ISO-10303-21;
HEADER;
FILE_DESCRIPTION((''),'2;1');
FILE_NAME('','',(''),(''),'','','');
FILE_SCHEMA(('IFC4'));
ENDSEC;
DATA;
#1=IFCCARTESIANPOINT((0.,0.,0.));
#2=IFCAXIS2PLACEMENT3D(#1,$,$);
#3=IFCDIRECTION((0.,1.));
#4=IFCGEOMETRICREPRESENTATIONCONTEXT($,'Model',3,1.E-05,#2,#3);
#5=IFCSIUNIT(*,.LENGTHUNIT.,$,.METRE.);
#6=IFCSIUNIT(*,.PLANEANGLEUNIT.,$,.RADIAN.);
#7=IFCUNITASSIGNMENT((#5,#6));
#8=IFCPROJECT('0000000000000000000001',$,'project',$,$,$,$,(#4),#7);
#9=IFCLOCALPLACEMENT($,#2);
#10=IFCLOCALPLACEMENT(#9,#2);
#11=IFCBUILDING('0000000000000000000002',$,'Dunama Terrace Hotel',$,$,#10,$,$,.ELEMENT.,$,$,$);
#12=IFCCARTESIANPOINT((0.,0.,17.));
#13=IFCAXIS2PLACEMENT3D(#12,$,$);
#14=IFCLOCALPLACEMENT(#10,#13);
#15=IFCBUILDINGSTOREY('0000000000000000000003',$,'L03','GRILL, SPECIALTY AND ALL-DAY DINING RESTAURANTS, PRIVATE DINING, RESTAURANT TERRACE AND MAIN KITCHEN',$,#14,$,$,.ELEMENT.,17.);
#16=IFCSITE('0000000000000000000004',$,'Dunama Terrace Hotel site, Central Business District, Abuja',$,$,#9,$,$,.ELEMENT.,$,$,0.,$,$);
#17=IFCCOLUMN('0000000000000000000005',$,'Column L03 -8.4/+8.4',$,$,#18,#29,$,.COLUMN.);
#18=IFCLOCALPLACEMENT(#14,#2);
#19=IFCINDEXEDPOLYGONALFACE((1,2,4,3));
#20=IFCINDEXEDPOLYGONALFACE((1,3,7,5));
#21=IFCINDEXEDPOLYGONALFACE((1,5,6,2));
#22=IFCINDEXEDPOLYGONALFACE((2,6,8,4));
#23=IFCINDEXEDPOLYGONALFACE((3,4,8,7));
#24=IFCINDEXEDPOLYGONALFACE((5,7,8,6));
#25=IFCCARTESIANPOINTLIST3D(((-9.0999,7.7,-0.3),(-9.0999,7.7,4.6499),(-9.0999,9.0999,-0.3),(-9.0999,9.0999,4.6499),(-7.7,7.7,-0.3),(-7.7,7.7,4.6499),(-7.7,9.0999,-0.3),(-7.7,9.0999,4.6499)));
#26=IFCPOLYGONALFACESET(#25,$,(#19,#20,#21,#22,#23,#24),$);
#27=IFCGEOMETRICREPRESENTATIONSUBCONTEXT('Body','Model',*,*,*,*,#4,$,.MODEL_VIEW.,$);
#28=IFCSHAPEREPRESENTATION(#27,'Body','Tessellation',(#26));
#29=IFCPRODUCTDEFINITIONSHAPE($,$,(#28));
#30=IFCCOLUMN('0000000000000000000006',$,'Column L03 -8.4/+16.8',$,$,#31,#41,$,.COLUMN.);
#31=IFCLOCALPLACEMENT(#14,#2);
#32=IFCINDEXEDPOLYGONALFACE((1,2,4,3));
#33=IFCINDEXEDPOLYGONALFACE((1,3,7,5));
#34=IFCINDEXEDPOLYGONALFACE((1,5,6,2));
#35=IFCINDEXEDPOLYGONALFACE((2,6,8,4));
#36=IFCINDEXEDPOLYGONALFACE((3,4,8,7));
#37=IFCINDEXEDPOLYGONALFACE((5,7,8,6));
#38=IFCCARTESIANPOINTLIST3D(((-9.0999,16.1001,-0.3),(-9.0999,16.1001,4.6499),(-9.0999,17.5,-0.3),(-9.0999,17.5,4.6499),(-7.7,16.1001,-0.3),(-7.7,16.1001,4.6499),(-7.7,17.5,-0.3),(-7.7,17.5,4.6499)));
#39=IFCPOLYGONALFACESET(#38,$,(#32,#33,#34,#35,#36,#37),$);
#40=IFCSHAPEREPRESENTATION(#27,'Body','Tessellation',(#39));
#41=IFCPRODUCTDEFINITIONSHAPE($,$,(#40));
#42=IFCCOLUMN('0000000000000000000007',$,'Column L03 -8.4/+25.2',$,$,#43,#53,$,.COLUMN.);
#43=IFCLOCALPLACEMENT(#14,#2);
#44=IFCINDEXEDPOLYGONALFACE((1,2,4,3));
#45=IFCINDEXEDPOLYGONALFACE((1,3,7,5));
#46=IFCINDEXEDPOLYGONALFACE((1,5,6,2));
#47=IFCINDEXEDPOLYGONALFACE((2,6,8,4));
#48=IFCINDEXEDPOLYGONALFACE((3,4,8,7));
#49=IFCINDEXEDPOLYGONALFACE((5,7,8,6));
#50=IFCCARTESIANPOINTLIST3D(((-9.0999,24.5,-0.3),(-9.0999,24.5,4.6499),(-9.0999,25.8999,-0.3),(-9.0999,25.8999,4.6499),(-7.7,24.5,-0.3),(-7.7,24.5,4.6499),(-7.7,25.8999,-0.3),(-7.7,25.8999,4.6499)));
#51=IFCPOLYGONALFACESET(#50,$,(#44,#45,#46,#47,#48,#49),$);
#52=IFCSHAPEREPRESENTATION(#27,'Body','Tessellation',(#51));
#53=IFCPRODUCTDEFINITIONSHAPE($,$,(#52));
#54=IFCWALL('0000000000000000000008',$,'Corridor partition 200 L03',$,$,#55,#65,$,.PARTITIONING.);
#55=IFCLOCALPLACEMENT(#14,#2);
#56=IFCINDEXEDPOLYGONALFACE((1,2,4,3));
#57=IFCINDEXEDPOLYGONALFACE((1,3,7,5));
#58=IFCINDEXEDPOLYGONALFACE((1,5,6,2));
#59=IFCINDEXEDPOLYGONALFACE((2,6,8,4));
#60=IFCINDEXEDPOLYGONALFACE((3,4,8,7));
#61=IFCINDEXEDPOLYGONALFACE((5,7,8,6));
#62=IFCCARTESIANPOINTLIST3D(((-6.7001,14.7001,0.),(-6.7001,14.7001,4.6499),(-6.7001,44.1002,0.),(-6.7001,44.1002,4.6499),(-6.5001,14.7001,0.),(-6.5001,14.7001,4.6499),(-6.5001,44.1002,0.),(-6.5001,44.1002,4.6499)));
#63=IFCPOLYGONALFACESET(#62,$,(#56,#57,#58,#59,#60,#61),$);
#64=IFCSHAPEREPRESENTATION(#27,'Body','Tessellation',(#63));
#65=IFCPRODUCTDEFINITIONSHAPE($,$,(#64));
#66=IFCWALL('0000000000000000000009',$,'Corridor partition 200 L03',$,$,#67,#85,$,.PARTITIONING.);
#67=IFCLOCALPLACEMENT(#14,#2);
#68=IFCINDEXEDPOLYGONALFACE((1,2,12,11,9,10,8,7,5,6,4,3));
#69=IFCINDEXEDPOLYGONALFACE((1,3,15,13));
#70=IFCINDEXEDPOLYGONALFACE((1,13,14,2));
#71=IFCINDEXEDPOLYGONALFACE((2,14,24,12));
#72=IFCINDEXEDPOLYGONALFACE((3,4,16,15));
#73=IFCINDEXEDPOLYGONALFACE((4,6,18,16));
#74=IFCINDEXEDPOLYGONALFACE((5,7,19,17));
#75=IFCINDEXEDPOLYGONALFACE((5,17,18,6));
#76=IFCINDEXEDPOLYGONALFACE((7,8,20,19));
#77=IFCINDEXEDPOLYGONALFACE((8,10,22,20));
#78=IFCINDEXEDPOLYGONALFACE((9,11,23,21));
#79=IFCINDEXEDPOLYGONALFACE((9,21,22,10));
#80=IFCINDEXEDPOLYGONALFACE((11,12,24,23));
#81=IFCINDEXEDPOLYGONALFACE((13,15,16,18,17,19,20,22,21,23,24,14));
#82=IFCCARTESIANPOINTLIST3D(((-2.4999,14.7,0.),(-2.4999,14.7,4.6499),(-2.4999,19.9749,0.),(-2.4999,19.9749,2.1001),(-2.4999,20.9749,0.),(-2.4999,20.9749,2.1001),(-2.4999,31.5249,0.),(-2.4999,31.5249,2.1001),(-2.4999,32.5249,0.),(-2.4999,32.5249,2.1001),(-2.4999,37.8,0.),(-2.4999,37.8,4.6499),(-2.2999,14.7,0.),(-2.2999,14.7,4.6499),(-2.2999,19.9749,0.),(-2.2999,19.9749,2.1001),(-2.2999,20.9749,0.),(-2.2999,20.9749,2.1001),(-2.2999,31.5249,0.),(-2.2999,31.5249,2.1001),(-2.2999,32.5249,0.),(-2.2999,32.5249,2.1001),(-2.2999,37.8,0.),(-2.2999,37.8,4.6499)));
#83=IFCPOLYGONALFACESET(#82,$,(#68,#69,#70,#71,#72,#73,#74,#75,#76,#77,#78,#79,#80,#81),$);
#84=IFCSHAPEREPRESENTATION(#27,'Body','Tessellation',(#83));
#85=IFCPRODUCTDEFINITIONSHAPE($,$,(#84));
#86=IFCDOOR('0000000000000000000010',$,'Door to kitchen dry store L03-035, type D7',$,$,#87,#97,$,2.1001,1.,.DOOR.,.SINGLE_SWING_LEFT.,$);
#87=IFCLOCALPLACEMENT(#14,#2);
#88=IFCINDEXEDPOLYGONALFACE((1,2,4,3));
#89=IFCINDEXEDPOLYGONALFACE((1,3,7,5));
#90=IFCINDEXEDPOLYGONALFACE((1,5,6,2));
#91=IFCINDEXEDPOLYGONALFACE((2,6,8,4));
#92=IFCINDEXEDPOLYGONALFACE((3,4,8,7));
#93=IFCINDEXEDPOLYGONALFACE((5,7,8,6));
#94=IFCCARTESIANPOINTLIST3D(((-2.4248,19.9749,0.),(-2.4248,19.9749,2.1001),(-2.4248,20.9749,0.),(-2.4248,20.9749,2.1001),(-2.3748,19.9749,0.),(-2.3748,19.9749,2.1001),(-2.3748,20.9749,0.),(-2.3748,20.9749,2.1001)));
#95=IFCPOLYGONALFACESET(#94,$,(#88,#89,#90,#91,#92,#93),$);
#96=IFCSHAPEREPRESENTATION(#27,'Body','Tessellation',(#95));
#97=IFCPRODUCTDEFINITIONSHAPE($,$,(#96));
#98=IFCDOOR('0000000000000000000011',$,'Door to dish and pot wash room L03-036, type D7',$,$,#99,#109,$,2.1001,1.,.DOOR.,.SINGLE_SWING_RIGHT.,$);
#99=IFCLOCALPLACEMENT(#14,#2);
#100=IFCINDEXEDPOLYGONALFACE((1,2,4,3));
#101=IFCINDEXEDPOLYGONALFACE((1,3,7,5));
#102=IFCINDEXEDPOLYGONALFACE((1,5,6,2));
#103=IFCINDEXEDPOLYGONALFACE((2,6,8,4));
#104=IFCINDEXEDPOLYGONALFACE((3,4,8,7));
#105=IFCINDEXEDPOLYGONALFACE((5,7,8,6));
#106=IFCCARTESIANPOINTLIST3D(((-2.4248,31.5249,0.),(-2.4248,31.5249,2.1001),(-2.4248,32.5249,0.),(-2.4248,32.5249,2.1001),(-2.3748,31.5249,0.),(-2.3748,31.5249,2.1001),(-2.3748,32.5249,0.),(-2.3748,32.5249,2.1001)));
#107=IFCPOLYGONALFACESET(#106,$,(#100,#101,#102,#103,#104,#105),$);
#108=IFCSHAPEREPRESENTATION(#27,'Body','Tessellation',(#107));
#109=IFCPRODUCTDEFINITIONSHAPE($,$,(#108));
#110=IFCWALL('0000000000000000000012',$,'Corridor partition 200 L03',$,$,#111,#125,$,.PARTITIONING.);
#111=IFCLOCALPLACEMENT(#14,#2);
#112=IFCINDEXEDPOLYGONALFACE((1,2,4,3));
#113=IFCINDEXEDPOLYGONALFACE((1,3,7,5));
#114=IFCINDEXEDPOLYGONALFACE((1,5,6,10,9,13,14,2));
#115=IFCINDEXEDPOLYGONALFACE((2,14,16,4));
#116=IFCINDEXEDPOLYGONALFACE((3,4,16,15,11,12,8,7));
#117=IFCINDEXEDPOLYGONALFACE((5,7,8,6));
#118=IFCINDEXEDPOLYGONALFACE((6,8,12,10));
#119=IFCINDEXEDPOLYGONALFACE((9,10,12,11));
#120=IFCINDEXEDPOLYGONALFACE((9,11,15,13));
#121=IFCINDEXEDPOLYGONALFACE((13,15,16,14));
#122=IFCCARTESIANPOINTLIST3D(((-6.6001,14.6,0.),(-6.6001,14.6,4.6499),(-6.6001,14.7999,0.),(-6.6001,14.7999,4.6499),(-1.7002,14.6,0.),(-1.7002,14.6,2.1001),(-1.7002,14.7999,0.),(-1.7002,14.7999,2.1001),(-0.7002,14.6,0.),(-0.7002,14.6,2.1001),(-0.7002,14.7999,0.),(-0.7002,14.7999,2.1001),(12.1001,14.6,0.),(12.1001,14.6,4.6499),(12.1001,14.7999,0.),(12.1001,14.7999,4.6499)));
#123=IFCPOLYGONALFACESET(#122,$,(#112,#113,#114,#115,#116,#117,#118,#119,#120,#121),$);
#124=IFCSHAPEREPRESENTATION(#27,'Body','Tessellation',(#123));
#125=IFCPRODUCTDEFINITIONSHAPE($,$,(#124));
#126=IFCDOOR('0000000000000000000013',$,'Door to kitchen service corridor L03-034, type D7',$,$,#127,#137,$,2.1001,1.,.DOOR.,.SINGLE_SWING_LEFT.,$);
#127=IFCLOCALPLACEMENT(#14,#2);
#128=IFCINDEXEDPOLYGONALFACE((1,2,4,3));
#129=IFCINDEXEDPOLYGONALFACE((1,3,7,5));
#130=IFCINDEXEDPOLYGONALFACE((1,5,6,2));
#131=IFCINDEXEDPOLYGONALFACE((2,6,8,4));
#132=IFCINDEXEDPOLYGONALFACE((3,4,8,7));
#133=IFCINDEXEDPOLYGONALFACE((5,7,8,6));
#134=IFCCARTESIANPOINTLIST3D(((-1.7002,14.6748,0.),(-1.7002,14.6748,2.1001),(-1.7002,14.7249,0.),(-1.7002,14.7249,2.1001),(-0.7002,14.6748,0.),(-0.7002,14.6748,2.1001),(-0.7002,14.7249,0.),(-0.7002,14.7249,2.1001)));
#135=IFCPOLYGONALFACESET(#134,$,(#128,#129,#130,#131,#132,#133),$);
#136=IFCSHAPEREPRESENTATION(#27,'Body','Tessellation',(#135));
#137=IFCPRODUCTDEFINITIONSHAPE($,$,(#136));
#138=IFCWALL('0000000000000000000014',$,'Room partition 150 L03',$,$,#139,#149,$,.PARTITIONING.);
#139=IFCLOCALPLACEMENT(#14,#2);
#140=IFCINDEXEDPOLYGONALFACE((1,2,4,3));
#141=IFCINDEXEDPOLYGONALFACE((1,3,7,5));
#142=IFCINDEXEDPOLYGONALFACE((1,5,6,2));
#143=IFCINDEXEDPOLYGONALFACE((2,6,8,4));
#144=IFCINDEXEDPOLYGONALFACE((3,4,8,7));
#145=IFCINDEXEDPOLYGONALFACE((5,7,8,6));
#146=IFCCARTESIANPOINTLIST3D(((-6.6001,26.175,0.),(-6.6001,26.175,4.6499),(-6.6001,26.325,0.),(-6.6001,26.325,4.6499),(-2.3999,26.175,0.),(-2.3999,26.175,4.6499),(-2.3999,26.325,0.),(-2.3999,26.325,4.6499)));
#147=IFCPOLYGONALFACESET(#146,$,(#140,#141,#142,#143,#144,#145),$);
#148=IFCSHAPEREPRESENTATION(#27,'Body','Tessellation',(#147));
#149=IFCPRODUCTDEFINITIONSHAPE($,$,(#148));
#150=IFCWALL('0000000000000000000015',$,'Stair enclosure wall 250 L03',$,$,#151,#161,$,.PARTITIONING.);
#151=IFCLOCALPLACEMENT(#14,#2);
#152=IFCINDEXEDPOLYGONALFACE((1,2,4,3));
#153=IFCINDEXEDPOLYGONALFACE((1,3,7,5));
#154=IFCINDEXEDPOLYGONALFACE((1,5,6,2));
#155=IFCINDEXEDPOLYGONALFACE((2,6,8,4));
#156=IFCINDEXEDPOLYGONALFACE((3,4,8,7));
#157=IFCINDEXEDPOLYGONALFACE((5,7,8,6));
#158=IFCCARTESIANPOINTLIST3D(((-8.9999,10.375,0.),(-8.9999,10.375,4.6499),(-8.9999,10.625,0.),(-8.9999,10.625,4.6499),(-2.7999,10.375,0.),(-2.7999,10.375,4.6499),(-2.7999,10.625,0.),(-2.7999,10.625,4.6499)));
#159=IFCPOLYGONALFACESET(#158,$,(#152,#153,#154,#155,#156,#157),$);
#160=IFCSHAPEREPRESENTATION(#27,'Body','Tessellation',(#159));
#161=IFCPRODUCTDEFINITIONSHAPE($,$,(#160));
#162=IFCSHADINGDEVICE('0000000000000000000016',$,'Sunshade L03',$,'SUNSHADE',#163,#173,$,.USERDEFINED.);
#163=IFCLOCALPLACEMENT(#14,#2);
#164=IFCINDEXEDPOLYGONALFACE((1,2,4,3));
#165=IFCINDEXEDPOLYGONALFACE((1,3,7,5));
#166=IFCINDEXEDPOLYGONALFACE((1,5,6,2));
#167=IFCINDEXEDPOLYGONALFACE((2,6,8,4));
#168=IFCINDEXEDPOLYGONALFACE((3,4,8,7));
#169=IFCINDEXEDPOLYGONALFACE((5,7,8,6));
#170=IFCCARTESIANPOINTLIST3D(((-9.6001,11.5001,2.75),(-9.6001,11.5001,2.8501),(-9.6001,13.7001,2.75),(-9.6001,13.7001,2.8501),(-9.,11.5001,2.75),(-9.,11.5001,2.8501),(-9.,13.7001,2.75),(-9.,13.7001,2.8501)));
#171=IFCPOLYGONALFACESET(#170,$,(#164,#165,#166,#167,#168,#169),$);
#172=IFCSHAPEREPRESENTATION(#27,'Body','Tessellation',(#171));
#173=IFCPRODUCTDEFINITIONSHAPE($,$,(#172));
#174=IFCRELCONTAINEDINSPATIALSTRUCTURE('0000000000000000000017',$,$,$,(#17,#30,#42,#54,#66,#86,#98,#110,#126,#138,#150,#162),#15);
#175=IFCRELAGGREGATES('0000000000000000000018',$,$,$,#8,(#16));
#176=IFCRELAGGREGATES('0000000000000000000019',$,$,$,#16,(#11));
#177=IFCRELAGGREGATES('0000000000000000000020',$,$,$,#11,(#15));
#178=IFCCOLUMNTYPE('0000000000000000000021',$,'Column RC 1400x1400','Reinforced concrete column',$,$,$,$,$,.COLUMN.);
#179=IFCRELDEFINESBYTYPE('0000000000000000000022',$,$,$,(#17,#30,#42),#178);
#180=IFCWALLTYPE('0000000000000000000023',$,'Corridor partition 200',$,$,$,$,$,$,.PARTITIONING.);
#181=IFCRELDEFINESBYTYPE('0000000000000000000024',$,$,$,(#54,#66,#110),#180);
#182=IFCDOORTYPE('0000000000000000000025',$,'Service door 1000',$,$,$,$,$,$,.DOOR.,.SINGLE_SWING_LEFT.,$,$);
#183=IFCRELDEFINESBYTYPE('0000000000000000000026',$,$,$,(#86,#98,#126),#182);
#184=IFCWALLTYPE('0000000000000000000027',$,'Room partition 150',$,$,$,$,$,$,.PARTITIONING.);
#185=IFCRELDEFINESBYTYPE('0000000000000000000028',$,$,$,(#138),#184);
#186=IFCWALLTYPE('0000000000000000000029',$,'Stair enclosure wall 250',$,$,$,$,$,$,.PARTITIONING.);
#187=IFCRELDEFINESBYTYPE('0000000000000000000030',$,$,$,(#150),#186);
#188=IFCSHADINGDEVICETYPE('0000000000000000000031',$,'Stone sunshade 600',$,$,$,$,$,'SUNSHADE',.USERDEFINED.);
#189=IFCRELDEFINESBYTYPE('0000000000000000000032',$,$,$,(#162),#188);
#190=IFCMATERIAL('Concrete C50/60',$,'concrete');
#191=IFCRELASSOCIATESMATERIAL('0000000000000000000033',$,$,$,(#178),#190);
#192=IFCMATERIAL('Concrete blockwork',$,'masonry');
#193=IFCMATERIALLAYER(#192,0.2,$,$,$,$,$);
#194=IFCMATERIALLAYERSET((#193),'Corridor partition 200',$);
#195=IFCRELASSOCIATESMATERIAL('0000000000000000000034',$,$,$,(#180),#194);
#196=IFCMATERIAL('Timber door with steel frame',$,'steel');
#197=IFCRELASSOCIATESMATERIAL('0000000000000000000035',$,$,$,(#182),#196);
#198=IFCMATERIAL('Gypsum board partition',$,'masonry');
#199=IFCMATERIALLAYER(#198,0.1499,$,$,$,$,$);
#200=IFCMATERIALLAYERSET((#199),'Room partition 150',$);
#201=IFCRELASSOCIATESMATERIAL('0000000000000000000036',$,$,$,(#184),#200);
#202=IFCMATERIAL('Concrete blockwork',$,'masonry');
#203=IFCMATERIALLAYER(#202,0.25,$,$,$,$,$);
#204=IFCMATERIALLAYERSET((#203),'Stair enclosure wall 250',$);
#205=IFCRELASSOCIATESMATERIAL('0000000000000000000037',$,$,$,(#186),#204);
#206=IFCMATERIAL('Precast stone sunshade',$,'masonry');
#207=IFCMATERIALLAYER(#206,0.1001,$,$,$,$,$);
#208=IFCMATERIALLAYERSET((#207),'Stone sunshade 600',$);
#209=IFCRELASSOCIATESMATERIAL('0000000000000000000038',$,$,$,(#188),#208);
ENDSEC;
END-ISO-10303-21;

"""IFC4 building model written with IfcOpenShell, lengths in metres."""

from ifc_helpers import new_model, si_unit, direction, frame, frame_2d, origin, origin_2d, place, context, subcontext, project, spatial, rectangle, extrude, material, layer, layer_set, material_profile, profile_set, type_object, element, fill, save


model = new_model("IFC4")

# Units and contexts
model_context = context("Model", 3, precision=1e-05, world=origin(), true_north=direction((0.0, 1.0)))
body_context = subcontext(model_context, "Body", "Model", "MODEL_VIEW")
ifc_project = project(units=[si_unit("LENGTHUNIT", "METRE"), si_unit("PLANEANGLEUNIT", "RADIAN")], contexts=[model_context])

# Site, building, storey
site_placement = place(None, origin())
site = spatial("IfcSite", under=ifc_project, at=site_placement, Name="Dunama Terrace Hotel site, Central Business District, Abuja", CompositionType="ELEMENT", RefElevation=0.0)
building_placement = place(site_placement, origin())
building = spatial("IfcBuilding", under=site, at=building_placement, Name="Dunama Terrace Hotel", CompositionType="ELEMENT")
storey_placement = place(building_placement, frame((0.0, 0.0, 17.0)))
storey = spatial("IfcBuildingStorey", under=building, at=storey_placement, Name="L03", Description="GRILL, SPECIALTY AND ALL-DAY DINING RESTAURANTS, PRIVATE DINING, RESTAURANT TERRACE AND MAIN KITCHEN", CompositionType="ELEMENT", Elevation=17.0)

# Columns
ifc_material_1 = material(Name="Concrete C50/60", Category="concrete")
ifc_material_profile = material_profile(ifc_material_1, rectangle(XDim=1.3999, YDim=1.3999, at=origin_2d()), Name="RC 1400x1400")
ifc_profile_set = profile_set([ifc_material_profile], Name="Concrete C50/60")
column_type = type_object("IfcColumnType", Name="Column RC 1400x1400", Description="Reinforced concrete column", PredefinedType="COLUMN", material=ifc_profile_set)
for number, where, z_axis, x_axis, name in (
    (1, (-8.3999, 8.3999, -0.3), (0.0, 0.0, 1.0), (1.0, 0.0, 0.0), "Column L03 -8.4/+8.4"),
    (2, (-8.3999, 16.8, -0.3), (0.0, 0.0, 1.0), (1.0, 0.0, 0.0), "Column L03 -8.4/+16.8"),
    (3, (-8.3999, 25.2, -0.3), (0.0, 0.0, 1.0), (1.0, 0.0, 0.0), "Column L03 -8.4/+25.2"),
):
    element("IfcColumn", number, at=place(storey_placement, frame(where, z_axis=z_axis, x_axis=x_axis)), inside=storey, type_object=column_type, Name=name, PredefinedType="COLUMN", context=body_context, shape_type="SweptSolid", body=[
        extrude(rectangle(XDim=1.3999, YDim=1.3999, at=origin_2d()), origin(), (0.0, 0.0, 1.0), 4.95),
    ])

# Wall
ifc_material_2 = material(Name="Concrete blockwork", Category="masonry")
ifc_layer_1 = layer(ifc_material_2, 0.2)
ifc_layer_set_1 = layer_set([ifc_layer_1], Name="Corridor partition 200")
wall_type_1 = type_object("IfcWallType", Name="Corridor partition 200", PredefinedType="PARTITIONING", material=ifc_layer_set_1)
wall_1_placement = place(storey_placement, frame((-6.6001, 14.7, 0.0), z_axis=(0.0, 0.0, 1.0), x_axis=(0.0, 1.0, 0.0)))
element("IfcWall", 4, at=wall_1_placement, inside=storey, type_object=wall_type_1, Name="Corridor partition 200 L03", PredefinedType="PARTITIONING", context=body_context, shape_type="SweptSolid", body=[
    extrude(rectangle(XDim=29.4001, YDim=0.2, at=frame_2d((14.7002, 0.0))), origin(), (0.0, 0.0, 1.0), 4.6499),
])

# Wall, openings, doors
wall_2_placement = place(storey_placement, frame((-2.3999, 14.7, 0.0), z_axis=(0.0, 0.0, 1.0), x_axis=(0.0, 1.0, 0.0)))
wall_2 = element("IfcWall", 5, at=wall_2_placement, inside=storey, type_object=wall_type_1, Name="Corridor partition 200 L03", PredefinedType="PARTITIONING", context=body_context, shape_type="SweptSolid", body=[
    extrude(rectangle(XDim=23.1001, YDim=0.2, at=frame_2d((11.55, 0.0))), origin(), (0.0, 0.0, 1.0), 4.6499),
])
opening_1_placement = place(wall_2_placement, frame((5.2749, 0.0, 0.0)))
opening_1 = element("IfcOpeningElement", 6, at=opening_1_placement, cuts=wall_2, PredefinedType="OPENING", context=body_context, shape_type="SweptSolid", body=[
    extrude(rectangle(XDim=1.0, YDim=2.1001, at=frame_2d((0.5, 1.05))), frame((0.0, 0.1099, 0.0), z_axis=(0.0, -1.0, 0.0), x_axis=(1.0, 0.0, 0.0)), (0.0, 0.0, 1.0), 0.22),
])
opening_2_placement = place(wall_2_placement, frame((16.825, 0.0, 0.0)))
opening_2 = element("IfcOpeningElement", 7, at=opening_2_placement, cuts=wall_2, PredefinedType="OPENING", context=body_context, shape_type="SweptSolid", body=[
    extrude(rectangle(XDim=1.0, YDim=2.1001, at=frame_2d((0.5, 1.05))), frame((0.0, 0.1099, 0.0), z_axis=(0.0, -1.0, 0.0), x_axis=(1.0, 0.0, 0.0)), (0.0, 0.0, 1.0), 0.22),
])
ifc_material_3 = material(Name="Timber door with steel frame", Category="steel")
door_type = type_object("IfcDoorType", Name="Service door 1000", OperationType="SINGLE_SWING_LEFT", PredefinedType="DOOR", material=ifc_material_3)
door_1_placement = place(opening_1_placement, origin())
door_1 = element("IfcDoor", 8, at=door_1_placement, inside=storey, type_object=door_type, Name="Door to kitchen dry store L03-035, type D7", OperationType="SINGLE_SWING_LEFT", OverallHeight=2.1001, OverallWidth=1.0, PredefinedType="DOOR", context=body_context, shape_type="SweptSolid", body=[
    extrude(rectangle(XDim=1.0, YDim=2.1001, at=frame_2d((0.5, 1.05))), frame((0.0, 0.0249, 0.0), z_axis=(0.0, -1.0, 0.0), x_axis=(1.0, 0.0, 0.0)), (0.0, 0.0, 1.0), 0.05),
])
fill(opening_1, door_1)
door_2_placement = place(opening_2_placement, origin())
door_2 = element("IfcDoor", 9, at=door_2_placement, inside=storey, type_object=door_type, Name="Door to dish and pot wash room L03-036, type D7", OperationType="SINGLE_SWING_RIGHT", OverallHeight=2.1001, OverallWidth=1.0, PredefinedType="DOOR", context=body_context, shape_type="SweptSolid", body=[
    extrude(rectangle(XDim=1.0, YDim=2.1001, at=frame_2d((0.5, 1.05))), frame((0.0, 0.0249, 0.0), z_axis=(0.0, -1.0, 0.0), x_axis=(1.0, 0.0, 0.0)), (0.0, 0.0, 1.0), 0.05),
])
fill(opening_2, door_2)

# Wall, opening, door
wall_3_placement = place(storey_placement, frame((-6.6001, 14.7, 0.0), z_axis=(0.0, 0.0, 1.0), x_axis=(1.0, 0.0, 0.0)))
wall_3 = element("IfcWall", 10, at=wall_3_placement, inside=storey, type_object=wall_type_1, Name="Corridor partition 200 L03", PredefinedType="PARTITIONING", context=body_context, shape_type="SweptSolid", body=[
    extrude(rectangle(XDim=18.7002, YDim=0.2, at=frame_2d((9.3501, 0.0))), origin(), (0.0, 0.0, 1.0), 4.6499),
])
opening_3_placement = place(wall_3_placement, frame((4.8999, 0.0, 0.0)))
opening_3 = element("IfcOpeningElement", 11, at=opening_3_placement, cuts=wall_3, PredefinedType="OPENING", context=body_context, shape_type="SweptSolid", body=[
    extrude(rectangle(XDim=1.0, YDim=2.1001, at=frame_2d((0.5, 1.05))), frame((0.0, 0.1099, 0.0), z_axis=(0.0, -1.0, 0.0), x_axis=(1.0, 0.0, 0.0)), (0.0, 0.0, 1.0), 0.22),
])
door_3_placement = place(opening_3_placement, frame((1.0, 0.0, 0.0), z_axis=(0.0, 0.0, 1.0), x_axis=(-1.0, 0.0, 0.0)))
door_3 = element("IfcDoor", 12, at=door_3_placement, inside=storey, type_object=door_type, Name="Door to kitchen service corridor L03-034, type D7", OperationType="SINGLE_SWING_LEFT", OverallHeight=2.1001, OverallWidth=1.0, PredefinedType="DOOR", context=body_context, shape_type="SweptSolid", body=[
    extrude(rectangle(XDim=1.0, YDim=2.1001, at=frame_2d((0.5, 1.05))), frame((0.0, 0.0251, 0.0), z_axis=(0.0, -1.0, 0.0), x_axis=(1.0, 0.0, 0.0)), (0.0, 0.0, 1.0), 0.05),
])
fill(opening_3, door_3)

# Walls
ifc_material_4 = material(Name="Gypsum board partition", Category="masonry")
ifc_layer_2 = layer(ifc_material_4, 0.1499)
ifc_layer_set_2 = layer_set([ifc_layer_2], Name="Room partition 150")
wall_type_2 = type_object("IfcWallType", Name="Room partition 150", PredefinedType="PARTITIONING", material=ifc_layer_set_2)
wall_4_placement = place(storey_placement, frame((-6.6001, 26.25, 0.0), z_axis=(0.0, 0.0, 1.0), x_axis=(1.0, 0.0, 0.0)))
element("IfcWall", 13, at=wall_4_placement, inside=storey, type_object=wall_type_2, Name="Room partition 150 L03", PredefinedType="PARTITIONING", context=body_context, shape_type="SweptSolid", body=[
    extrude(rectangle(XDim=4.2002, YDim=0.1499, at=frame_2d((2.1001, 0.0))), origin(), (0.0, 0.0, 1.0), 4.6499),
])
ifc_material_5 = material(Name="Concrete blockwork", Category="masonry")
ifc_layer_3 = layer(ifc_material_5, 0.25)
ifc_layer_set_3 = layer_set([ifc_layer_3], Name="Stair enclosure wall 250")
wall_type_3 = type_object("IfcWallType", Name="Stair enclosure wall 250", PredefinedType="PARTITIONING", material=ifc_layer_set_3)
wall_5_placement = place(storey_placement, frame((-9.0, 10.5, 0.0), z_axis=(0.0, 0.0, 1.0), x_axis=(1.0, 0.0, 0.0)))
element("IfcWall", 14, at=wall_5_placement, inside=storey, type_object=wall_type_3, Name="Stair enclosure wall 250 L03", PredefinedType="PARTITIONING", context=body_context, shape_type="SweptSolid", body=[
    extrude(rectangle(XDim=6.2, YDim=0.25, at=frame_2d((3.1001, 0.0))), origin(), (0.0, 0.0, 1.0), 4.6499),
])

# Shading device
ifc_material_6 = material(Name="Precast stone sunshade", Category="masonry")
ifc_layer_4 = layer(ifc_material_6, 0.1001)
ifc_layer_set_4 = layer_set([ifc_layer_4], Name="Stone sunshade 600")
shading_device_type = type_object("IfcShadingDeviceType", Name="Stone sunshade 600", ElementType="SUNSHADE", PredefinedType="USERDEFINED", material=ifc_layer_set_4)
for number, where, z_axis, x_axis, name in (
    (15, (-9.3, 12.6001, 2.75), (0.0, 0.0, 1.0), (0.0, -1.0, 0.0), "Sunshade L03"),
):
    element("IfcShadingDevice", number, at=place(storey_placement, frame(where, z_axis=z_axis, x_axis=x_axis)), inside=storey, type_object=shading_device_type, Name=name, ObjectType="SUNSHADE", PredefinedType="USERDEFINED", context=body_context, shape_type="SweptSolid", body=[
        extrude(rectangle(XDim=2.2, YDim=0.6001, at=origin_2d()), origin(), (0.0, 0.0, 1.0), 0.1001),
    ])

save(model, "model.ifc")
